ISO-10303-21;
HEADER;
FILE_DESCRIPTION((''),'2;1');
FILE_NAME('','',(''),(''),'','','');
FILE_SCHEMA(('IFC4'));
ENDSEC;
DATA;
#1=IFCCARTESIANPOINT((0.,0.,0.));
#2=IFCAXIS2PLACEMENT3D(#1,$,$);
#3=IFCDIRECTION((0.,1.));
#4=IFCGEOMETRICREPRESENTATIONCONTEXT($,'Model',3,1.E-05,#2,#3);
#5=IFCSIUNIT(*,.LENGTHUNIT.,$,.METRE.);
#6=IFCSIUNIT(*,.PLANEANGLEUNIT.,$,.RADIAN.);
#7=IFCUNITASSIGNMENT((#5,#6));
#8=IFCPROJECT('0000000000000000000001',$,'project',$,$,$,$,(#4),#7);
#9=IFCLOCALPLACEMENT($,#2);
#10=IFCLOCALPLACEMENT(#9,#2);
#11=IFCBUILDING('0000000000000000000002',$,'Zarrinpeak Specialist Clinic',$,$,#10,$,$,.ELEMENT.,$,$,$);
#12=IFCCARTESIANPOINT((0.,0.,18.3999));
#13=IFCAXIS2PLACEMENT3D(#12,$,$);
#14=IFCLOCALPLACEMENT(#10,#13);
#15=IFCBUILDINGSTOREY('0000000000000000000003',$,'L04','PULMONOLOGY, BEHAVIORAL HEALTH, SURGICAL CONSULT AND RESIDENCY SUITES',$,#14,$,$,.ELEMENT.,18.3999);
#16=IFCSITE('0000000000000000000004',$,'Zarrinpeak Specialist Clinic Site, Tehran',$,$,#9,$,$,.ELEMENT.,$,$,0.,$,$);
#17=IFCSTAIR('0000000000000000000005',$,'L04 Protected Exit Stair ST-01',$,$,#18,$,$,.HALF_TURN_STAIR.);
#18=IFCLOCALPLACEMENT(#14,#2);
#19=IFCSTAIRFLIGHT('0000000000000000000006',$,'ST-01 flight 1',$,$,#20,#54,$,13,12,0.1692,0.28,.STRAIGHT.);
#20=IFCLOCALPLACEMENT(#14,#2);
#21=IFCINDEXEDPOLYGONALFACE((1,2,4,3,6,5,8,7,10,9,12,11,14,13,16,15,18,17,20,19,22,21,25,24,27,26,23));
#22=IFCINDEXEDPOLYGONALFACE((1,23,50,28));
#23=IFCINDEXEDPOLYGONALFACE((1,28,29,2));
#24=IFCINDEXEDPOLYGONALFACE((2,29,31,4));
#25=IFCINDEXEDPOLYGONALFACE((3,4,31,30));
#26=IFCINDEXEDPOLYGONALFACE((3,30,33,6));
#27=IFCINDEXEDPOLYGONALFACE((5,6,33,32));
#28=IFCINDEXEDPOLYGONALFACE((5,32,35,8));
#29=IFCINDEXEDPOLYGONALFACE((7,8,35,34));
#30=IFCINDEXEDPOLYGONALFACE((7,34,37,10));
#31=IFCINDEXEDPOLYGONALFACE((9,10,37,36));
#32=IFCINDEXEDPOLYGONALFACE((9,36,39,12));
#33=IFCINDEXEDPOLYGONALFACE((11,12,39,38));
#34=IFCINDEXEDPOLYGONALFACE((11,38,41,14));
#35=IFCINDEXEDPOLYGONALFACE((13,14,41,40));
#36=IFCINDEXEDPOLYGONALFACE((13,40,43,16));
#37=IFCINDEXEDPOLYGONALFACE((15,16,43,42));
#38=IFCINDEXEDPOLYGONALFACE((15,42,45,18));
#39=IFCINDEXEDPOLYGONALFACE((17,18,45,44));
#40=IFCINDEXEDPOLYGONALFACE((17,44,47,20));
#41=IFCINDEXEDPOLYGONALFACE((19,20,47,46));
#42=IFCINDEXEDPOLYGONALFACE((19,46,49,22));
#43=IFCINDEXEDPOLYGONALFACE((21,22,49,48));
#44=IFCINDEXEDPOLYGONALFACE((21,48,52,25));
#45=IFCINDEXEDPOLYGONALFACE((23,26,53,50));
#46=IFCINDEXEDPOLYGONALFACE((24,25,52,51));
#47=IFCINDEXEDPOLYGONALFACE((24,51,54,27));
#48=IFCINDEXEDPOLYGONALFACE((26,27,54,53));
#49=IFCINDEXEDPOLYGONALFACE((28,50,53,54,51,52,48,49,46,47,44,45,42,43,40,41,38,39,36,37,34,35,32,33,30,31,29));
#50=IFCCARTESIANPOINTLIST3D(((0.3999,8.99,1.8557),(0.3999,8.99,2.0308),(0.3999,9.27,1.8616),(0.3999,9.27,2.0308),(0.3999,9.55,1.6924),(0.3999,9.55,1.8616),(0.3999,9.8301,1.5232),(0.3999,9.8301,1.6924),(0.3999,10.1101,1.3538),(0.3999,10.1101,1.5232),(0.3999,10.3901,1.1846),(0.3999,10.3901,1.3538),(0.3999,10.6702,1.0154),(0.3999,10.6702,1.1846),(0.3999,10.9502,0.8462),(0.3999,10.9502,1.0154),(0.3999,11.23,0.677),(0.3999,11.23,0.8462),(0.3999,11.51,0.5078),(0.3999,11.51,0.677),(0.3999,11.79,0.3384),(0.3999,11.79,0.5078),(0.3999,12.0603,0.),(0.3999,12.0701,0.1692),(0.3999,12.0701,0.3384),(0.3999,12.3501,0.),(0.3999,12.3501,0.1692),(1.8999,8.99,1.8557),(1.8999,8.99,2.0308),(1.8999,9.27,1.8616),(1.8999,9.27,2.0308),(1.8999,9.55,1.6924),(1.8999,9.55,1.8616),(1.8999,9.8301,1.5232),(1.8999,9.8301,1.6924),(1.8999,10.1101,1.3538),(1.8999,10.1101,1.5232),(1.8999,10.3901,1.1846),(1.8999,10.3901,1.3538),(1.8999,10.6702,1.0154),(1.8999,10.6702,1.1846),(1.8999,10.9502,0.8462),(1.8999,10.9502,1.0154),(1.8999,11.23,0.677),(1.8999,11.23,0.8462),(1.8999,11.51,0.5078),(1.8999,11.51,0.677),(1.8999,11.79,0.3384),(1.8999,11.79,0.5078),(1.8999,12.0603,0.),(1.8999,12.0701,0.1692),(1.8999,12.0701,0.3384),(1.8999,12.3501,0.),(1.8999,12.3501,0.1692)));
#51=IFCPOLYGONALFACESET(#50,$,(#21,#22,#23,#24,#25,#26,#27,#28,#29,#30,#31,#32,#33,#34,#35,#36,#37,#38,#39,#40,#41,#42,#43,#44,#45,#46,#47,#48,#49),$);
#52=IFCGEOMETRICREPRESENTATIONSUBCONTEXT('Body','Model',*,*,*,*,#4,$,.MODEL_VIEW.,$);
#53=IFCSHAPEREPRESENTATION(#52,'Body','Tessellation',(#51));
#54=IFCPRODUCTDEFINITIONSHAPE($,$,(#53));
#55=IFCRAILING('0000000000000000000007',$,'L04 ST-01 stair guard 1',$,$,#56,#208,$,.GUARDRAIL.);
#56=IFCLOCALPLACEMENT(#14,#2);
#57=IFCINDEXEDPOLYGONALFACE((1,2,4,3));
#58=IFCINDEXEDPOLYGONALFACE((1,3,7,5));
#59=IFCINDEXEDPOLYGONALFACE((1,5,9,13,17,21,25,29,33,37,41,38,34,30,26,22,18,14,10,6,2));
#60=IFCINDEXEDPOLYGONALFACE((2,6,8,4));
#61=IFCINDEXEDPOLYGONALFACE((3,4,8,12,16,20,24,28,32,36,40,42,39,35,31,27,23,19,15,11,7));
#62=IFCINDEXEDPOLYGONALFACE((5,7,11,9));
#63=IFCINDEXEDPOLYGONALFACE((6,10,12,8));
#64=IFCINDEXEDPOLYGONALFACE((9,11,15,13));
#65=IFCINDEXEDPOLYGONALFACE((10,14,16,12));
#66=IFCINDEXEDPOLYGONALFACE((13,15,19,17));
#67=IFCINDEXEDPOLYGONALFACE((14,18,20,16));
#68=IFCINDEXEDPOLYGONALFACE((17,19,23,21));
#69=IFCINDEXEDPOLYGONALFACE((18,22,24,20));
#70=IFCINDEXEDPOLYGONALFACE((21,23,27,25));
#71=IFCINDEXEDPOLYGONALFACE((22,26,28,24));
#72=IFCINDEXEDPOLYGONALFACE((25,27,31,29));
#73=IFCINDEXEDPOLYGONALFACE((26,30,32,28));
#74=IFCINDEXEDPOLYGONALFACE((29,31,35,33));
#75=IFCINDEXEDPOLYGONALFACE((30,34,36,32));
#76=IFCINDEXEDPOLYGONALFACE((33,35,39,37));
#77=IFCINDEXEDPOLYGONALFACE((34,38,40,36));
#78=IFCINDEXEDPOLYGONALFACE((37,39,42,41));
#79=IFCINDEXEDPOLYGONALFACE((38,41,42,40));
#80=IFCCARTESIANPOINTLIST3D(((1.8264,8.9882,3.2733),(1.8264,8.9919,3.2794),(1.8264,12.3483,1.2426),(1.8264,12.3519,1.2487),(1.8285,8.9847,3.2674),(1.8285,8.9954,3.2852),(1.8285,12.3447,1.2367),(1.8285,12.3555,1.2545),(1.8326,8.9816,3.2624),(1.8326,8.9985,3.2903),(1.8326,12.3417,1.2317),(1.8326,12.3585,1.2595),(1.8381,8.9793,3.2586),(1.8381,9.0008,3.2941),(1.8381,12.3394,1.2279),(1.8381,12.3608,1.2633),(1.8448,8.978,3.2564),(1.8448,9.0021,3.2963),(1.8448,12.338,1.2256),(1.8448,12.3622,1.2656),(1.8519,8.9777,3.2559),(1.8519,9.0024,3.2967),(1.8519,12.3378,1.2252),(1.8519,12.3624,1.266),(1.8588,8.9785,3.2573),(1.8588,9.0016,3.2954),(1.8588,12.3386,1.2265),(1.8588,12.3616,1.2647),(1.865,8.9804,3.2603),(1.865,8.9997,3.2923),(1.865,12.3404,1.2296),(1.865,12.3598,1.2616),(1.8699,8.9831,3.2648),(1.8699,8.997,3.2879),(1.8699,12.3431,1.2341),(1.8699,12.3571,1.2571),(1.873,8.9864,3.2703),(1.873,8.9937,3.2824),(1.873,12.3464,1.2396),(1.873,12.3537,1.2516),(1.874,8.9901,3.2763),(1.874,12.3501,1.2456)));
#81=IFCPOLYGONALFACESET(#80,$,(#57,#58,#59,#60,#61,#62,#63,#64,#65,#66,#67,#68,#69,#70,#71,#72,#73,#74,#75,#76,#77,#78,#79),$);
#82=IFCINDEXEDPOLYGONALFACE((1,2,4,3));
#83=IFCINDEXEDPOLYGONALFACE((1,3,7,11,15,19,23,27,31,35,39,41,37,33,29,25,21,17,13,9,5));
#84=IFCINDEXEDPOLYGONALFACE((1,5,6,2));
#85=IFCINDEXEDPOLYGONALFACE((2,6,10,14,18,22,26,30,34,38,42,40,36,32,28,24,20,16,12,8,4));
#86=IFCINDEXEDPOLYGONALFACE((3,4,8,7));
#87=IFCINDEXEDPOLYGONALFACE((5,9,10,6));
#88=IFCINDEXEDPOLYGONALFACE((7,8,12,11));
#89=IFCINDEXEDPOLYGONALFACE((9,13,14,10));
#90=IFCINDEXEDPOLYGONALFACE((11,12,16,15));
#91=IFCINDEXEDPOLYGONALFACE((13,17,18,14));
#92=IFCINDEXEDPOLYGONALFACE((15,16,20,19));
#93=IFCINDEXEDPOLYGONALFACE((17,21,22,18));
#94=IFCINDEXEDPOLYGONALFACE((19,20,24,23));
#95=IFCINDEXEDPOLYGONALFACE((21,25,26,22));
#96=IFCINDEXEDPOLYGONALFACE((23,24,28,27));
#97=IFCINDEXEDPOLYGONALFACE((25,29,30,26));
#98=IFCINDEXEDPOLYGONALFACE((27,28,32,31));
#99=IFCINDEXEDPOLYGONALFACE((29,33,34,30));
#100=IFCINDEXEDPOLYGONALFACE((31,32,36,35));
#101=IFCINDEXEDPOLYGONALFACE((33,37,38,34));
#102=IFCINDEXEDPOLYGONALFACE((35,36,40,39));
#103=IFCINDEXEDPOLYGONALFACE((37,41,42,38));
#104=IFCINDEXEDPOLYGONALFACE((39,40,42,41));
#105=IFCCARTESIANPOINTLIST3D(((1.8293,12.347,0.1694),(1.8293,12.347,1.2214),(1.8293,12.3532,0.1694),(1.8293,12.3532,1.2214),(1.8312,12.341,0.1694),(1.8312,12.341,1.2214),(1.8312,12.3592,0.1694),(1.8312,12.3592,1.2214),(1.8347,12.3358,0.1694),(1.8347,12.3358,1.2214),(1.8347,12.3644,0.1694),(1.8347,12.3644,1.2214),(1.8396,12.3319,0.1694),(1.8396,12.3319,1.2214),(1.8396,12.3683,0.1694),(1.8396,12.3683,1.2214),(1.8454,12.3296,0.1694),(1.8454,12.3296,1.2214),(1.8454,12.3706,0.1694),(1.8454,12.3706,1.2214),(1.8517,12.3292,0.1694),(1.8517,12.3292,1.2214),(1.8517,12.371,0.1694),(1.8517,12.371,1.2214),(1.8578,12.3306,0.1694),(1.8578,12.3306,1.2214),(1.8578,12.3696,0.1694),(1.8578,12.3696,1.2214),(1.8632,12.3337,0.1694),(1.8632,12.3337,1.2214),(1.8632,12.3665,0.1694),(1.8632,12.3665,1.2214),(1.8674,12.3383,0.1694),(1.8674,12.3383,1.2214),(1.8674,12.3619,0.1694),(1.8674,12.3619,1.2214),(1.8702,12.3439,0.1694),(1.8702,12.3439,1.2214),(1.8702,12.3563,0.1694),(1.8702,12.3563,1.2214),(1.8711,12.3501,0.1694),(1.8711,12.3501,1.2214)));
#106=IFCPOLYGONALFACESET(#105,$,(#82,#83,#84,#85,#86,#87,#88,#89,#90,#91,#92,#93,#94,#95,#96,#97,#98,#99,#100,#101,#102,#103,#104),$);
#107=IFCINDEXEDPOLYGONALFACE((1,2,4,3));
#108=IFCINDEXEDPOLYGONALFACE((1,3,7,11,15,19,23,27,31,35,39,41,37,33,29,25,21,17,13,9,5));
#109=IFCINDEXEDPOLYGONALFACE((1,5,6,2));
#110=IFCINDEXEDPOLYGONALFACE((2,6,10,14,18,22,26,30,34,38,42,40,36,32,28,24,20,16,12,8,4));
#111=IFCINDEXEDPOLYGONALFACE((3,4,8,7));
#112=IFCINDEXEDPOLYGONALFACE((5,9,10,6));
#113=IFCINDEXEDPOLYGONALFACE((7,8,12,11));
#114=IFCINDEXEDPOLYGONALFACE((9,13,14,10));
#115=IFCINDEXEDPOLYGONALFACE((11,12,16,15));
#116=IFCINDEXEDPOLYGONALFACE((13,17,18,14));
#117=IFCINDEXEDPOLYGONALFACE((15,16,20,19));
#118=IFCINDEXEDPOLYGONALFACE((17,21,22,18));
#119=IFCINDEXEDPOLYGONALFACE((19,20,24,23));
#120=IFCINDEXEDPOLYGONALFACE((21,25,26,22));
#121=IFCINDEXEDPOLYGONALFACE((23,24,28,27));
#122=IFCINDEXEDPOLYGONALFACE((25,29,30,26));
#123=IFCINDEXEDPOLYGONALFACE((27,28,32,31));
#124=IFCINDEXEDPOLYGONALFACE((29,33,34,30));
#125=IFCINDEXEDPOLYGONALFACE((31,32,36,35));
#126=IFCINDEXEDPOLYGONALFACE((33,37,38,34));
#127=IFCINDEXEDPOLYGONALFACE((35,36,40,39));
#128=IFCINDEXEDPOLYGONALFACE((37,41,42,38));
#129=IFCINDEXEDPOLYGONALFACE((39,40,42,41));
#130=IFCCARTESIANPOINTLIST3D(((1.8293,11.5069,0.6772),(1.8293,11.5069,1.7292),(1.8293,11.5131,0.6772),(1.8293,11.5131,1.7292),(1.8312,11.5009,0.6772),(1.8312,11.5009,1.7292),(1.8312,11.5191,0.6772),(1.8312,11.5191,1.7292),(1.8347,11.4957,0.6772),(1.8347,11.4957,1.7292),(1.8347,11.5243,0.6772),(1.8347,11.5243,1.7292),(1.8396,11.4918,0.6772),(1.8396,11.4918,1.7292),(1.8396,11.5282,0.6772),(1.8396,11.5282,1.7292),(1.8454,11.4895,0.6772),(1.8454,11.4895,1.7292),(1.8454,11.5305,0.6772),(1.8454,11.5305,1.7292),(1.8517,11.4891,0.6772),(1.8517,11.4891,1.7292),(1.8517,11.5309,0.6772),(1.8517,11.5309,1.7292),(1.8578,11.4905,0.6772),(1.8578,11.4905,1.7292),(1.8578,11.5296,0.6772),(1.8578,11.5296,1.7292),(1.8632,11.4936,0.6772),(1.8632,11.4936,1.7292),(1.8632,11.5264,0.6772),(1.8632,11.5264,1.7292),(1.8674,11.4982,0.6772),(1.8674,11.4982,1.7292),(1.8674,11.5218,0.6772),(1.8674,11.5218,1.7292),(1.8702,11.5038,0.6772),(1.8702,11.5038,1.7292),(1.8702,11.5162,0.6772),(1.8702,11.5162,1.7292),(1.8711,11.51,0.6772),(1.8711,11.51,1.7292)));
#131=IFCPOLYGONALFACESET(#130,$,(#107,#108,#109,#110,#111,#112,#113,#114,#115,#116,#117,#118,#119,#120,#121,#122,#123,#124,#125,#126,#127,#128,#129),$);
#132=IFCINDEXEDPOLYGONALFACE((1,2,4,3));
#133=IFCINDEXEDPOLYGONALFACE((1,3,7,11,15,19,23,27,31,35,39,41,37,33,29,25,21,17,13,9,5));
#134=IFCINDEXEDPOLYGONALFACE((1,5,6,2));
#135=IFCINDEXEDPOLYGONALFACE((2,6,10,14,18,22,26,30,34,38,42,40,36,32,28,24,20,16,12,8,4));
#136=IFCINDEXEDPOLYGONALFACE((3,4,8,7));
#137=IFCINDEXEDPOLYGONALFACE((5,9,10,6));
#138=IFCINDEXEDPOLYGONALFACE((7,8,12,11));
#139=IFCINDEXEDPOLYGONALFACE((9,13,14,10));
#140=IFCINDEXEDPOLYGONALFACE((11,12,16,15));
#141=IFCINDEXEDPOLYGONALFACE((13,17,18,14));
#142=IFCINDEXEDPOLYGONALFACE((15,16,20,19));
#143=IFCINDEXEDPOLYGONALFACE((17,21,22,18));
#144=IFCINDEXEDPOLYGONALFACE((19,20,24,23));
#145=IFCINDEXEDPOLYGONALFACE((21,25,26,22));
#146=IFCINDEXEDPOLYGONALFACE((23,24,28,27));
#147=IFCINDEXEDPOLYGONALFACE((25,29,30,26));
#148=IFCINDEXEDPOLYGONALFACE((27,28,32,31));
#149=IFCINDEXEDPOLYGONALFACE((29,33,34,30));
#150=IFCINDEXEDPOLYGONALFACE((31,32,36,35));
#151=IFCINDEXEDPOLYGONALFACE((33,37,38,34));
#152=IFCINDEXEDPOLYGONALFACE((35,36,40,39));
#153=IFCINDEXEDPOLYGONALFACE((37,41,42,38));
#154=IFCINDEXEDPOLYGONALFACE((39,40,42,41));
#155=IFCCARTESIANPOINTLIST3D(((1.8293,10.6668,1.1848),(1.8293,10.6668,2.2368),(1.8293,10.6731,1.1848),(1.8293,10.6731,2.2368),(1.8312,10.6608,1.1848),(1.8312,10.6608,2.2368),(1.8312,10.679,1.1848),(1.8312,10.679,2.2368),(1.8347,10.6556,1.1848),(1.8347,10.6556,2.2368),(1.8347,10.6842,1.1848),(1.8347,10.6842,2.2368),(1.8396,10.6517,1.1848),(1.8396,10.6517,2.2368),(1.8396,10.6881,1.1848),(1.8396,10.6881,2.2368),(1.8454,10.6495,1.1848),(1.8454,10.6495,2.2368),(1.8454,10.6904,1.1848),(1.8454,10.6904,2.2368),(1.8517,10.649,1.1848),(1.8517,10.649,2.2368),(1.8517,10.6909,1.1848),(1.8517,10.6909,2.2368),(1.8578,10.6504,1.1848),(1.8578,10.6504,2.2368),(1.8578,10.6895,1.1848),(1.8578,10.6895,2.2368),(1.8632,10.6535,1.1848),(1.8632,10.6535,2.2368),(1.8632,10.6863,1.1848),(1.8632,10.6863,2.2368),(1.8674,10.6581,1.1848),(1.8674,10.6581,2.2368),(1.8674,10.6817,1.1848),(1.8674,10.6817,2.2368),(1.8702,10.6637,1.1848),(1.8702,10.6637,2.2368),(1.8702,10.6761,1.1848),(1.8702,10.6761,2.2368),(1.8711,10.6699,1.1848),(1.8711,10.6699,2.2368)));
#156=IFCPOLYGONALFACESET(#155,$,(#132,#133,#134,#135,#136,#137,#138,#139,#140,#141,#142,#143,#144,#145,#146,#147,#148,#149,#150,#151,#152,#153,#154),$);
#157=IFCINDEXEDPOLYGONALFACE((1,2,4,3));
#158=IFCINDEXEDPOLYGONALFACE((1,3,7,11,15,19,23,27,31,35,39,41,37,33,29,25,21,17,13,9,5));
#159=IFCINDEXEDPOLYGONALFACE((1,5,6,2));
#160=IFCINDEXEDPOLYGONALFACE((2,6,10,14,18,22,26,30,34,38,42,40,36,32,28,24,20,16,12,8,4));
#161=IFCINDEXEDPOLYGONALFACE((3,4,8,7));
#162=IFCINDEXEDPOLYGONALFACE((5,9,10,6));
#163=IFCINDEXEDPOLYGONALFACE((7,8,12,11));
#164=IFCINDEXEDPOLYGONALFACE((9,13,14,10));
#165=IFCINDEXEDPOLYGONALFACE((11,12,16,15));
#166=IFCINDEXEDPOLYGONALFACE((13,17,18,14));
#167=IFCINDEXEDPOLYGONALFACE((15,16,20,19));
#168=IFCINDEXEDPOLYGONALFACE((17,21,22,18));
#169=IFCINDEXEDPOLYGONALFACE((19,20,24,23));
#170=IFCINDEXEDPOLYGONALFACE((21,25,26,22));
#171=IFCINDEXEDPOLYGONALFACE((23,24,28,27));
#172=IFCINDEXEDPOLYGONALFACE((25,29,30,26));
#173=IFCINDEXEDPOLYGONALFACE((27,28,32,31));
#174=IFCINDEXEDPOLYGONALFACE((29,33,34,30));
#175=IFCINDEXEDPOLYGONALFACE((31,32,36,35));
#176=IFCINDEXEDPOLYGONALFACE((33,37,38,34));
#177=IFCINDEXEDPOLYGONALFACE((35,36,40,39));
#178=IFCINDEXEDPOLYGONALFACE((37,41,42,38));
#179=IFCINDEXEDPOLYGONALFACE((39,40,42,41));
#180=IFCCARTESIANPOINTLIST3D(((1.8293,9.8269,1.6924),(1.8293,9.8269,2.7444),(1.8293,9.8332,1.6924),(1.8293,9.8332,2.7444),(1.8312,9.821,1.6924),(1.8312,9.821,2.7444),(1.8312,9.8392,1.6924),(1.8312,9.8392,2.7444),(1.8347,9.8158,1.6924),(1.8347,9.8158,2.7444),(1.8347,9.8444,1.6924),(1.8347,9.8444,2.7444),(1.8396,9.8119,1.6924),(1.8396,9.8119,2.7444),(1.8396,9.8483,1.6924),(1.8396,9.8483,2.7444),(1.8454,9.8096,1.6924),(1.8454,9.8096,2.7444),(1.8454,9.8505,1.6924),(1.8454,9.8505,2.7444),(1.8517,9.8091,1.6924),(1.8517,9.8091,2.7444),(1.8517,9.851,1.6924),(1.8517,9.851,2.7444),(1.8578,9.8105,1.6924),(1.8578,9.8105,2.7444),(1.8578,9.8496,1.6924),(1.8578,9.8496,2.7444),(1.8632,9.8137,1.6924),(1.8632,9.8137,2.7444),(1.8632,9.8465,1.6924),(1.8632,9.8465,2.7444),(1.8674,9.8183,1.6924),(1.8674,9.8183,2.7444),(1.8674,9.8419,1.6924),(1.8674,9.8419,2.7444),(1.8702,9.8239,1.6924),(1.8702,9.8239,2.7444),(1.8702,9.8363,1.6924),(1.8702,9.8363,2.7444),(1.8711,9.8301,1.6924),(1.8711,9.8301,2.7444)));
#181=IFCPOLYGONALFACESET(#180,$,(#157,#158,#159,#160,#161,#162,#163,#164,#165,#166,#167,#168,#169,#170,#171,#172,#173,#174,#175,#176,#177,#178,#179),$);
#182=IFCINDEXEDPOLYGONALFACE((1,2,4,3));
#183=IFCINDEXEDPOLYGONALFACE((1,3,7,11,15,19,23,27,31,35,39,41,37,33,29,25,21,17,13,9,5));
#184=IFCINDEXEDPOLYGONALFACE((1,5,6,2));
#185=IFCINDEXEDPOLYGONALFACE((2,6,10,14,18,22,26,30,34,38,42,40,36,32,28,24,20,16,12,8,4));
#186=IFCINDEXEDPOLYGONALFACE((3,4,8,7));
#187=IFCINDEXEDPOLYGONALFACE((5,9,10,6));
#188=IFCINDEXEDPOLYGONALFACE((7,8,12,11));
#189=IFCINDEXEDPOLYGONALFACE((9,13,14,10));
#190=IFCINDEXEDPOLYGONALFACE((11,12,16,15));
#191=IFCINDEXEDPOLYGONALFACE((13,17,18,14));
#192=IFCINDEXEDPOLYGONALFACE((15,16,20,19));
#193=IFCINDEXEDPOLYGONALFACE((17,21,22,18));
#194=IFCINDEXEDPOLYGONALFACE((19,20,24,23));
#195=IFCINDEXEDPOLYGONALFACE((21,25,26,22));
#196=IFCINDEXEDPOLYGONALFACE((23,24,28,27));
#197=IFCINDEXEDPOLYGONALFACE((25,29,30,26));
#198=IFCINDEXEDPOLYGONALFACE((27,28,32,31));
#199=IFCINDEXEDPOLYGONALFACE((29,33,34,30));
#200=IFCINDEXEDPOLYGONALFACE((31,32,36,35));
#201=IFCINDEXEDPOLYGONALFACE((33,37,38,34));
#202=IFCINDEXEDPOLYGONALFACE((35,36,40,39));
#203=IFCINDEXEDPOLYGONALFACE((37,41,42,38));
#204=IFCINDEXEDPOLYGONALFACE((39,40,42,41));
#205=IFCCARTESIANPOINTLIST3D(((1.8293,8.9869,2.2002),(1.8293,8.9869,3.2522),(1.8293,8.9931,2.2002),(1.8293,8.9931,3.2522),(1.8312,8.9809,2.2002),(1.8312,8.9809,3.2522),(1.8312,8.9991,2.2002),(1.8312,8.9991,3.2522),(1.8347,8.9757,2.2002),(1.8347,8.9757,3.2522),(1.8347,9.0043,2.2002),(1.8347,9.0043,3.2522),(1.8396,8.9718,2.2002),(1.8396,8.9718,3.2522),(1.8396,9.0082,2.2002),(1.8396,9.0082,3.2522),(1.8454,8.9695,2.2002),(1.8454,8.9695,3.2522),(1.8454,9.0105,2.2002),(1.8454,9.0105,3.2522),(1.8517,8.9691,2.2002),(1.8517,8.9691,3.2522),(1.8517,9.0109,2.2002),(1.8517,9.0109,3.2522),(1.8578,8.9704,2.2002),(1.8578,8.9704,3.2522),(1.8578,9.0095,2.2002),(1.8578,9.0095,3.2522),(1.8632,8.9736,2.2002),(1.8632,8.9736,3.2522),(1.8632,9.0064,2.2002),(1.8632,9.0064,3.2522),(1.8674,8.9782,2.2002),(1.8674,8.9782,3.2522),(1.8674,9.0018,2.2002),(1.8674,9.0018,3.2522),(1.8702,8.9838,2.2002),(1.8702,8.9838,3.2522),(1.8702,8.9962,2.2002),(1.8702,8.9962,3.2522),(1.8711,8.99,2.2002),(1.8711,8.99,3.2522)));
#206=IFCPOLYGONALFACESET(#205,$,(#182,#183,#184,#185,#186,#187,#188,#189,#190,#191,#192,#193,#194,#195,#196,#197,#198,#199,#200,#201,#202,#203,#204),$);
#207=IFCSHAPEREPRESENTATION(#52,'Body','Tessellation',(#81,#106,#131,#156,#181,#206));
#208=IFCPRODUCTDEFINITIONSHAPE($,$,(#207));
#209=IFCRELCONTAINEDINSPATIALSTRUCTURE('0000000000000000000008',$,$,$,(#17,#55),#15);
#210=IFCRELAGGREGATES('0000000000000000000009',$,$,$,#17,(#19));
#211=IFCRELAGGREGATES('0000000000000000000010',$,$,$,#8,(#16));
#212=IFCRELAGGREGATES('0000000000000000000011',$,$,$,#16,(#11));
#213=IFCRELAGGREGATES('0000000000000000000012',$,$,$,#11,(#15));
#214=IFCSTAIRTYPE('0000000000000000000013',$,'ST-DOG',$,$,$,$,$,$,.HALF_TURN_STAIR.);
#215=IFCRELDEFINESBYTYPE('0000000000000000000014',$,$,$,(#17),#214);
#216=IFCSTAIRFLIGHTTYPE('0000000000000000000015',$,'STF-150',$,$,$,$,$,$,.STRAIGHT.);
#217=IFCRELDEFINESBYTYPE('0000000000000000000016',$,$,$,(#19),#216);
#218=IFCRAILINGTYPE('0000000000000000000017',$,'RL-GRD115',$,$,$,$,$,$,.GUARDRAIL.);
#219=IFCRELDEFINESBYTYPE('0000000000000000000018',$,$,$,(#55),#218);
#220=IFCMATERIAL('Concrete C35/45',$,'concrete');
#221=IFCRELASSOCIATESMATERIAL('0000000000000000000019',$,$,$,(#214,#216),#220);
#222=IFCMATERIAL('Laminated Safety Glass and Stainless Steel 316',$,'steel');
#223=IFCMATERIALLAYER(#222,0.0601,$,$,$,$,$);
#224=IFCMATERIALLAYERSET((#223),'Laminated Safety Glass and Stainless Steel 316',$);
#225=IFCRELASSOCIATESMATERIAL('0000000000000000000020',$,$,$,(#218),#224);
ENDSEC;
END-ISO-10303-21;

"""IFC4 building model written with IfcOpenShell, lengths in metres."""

from ifc_helpers import new_model, si_unit, direction, frame, origin, origin_2d, place, context, subcontext, project, spatial, polyline, circle, outline, extrude, material, layer, layer_set, type_object, element, aggregate, save


model = new_model("IFC4")

# Units and contexts
model_context = context("Model", 3, precision=1e-05, world=origin(), true_north=direction((0.0, 1.0)))
body_context = subcontext(model_context, "Body", "Model", "MODEL_VIEW")
ifc_project = project(units=[si_unit("LENGTHUNIT", "METRE"), si_unit("PLANEANGLEUNIT", "RADIAN")], contexts=[model_context])

# Site, building, storey
site_placement = place(None, origin())
site = spatial("IfcSite", under=ifc_project, at=site_placement, Name="Zarrinpeak Specialist Clinic Site, Tehran", CompositionType="ELEMENT", RefElevation=0.0)
building_placement = place(site_placement, origin())
building = spatial("IfcBuilding", under=site, at=building_placement, Name="Zarrinpeak Specialist Clinic", CompositionType="ELEMENT")
storey_placement = place(building_placement, frame((0.0, 0.0, 18.3999)))
storey = spatial("IfcBuildingStorey", under=building, at=storey_placement, Name="L04", Description="PULMONOLOGY, BEHAVIORAL HEALTH, SURGICAL CONSULT AND RESIDENCY SUITES", CompositionType="ELEMENT", Elevation=18.3999)

# Stair, stair flight
ifc_material_1 = material(Name="Concrete C35/45", Category="concrete")
stair_type = type_object("IfcStairType", Name="ST-DOG", PredefinedType="HALF_TURN_STAIR", material=ifc_material_1)
stair_placement = place(storey_placement, origin())
stair = element("IfcStair", 1, at=stair_placement, inside=storey, type_object=stair_type, Name="L04 Protected Exit Stair ST-01", PredefinedType="HALF_TURN_STAIR")
stair_flight_type = type_object("IfcStairFlightType", Name="STF-150", PredefinedType="STRAIGHT", material=ifc_material_1)
stair_flight_placement = place(storey_placement, frame((1.1499, 12.3501, 0.0), z_axis=(0.0, 0.0, 1.0), x_axis=(0.0, -1.0, 0.0)))
stair_flight = element("IfcStairFlight", 2, at=stair_flight_placement, type_object=stair_flight_type, Name="ST-01 flight 1", NumberOfRisers=13, NumberOfTreads=12, PredefinedType="STRAIGHT", RiserHeight=0.1692, TreadLength=0.28, context=body_context, shape_type="SweptSolid", body=[
    extrude(outline(polyline([(0.0, 0.0), (0.0, 0.1692), (0.28, 0.1692), (0.28, 0.3384), (0.5601, 0.3384), (0.5601, 0.5078), (0.8401, 0.5078), (0.8401, 0.677), (1.1201, 0.677), (1.1201, 0.8462), (1.3999, 0.8462), (1.3999, 1.0154), (1.6799, 1.0154), (1.6799, 1.1846), (1.96, 1.1846), (1.96, 1.3538), (2.24, 1.3538), (2.24, 1.5232), (2.52, 1.5232), (2.52, 1.6924), (2.8, 1.6924), (2.8, 1.8616), (3.0801, 1.8616), (3.0801, 2.0308), (3.3601, 2.0308), (3.3601, 2.2), (3.3601, 1.8557), (0.2898, 0.0), (0.0, 0.0)])), frame((0.0, 0.75, 0.0), z_axis=(0.0, -1.0, 0.0), x_axis=(1.0, 0.0, 0.0)), (0.0, 0.0, 1.0), 1.5),
])
aggregate(stair, [stair_flight])

# Railing
ifc_material_2 = material(Name="Laminated Safety Glass and Stainless Steel 316", Category="steel")
ifc_layer_1 = layer(ifc_material_2, 0.0601)
ifc_layer_set_1 = layer_set([ifc_layer_1], Name="Laminated Safety Glass and Stainless Steel 316")
railing_type_1 = type_object("IfcRailingType", Name="RL-GRD115", PredefinedType="GUARDRAIL", material=ifc_layer_set_1)
railing_1_placement = place(storey_placement, frame((1.8501, 12.3501, 0.1694)))
element("IfcRailing", 3, at=railing_1_placement, inside=storey, type_object=railing_type_1, Name="L04 ST-01 stair guard 1", PredefinedType="GUARDRAIL", context=body_context, shape_type="SweptSolid", body=[
    extrude(circle(Radius=0.0239, at=origin_2d()), frame((0.0, 0.0, 1.0762), z_axis=(0.0, -0.855837, 0.517246), x_axis=(1.0, 0.0, 0.0)), (0.0, 0.0, 1.0), 3.926),
    extrude(circle(Radius=0.021, at=origin_2d()), origin(), (0.0, 0.0, 1.0), 1.052),
    extrude(circle(Radius=0.021, at=origin_2d()), frame((0.0, -0.8401, 0.5078)), (0.0, 0.0, 1.0), 1.052),
    extrude(circle(Radius=0.021, at=origin_2d()), frame((0.0, -1.6802, 1.0154)), (0.0, 0.0, 1.0), 1.052),
    extrude(circle(Radius=0.021, at=origin_2d()), frame((0.0, -2.52, 1.5229)), (0.0, 0.0, 1.0), 1.052),
    extrude(circle(Radius=0.021, at=origin_2d()), frame((0.0, -3.3601, 2.0308)), (0.0, 0.0, 1.0), 1.052),
])

save(model, "model.ifc")
